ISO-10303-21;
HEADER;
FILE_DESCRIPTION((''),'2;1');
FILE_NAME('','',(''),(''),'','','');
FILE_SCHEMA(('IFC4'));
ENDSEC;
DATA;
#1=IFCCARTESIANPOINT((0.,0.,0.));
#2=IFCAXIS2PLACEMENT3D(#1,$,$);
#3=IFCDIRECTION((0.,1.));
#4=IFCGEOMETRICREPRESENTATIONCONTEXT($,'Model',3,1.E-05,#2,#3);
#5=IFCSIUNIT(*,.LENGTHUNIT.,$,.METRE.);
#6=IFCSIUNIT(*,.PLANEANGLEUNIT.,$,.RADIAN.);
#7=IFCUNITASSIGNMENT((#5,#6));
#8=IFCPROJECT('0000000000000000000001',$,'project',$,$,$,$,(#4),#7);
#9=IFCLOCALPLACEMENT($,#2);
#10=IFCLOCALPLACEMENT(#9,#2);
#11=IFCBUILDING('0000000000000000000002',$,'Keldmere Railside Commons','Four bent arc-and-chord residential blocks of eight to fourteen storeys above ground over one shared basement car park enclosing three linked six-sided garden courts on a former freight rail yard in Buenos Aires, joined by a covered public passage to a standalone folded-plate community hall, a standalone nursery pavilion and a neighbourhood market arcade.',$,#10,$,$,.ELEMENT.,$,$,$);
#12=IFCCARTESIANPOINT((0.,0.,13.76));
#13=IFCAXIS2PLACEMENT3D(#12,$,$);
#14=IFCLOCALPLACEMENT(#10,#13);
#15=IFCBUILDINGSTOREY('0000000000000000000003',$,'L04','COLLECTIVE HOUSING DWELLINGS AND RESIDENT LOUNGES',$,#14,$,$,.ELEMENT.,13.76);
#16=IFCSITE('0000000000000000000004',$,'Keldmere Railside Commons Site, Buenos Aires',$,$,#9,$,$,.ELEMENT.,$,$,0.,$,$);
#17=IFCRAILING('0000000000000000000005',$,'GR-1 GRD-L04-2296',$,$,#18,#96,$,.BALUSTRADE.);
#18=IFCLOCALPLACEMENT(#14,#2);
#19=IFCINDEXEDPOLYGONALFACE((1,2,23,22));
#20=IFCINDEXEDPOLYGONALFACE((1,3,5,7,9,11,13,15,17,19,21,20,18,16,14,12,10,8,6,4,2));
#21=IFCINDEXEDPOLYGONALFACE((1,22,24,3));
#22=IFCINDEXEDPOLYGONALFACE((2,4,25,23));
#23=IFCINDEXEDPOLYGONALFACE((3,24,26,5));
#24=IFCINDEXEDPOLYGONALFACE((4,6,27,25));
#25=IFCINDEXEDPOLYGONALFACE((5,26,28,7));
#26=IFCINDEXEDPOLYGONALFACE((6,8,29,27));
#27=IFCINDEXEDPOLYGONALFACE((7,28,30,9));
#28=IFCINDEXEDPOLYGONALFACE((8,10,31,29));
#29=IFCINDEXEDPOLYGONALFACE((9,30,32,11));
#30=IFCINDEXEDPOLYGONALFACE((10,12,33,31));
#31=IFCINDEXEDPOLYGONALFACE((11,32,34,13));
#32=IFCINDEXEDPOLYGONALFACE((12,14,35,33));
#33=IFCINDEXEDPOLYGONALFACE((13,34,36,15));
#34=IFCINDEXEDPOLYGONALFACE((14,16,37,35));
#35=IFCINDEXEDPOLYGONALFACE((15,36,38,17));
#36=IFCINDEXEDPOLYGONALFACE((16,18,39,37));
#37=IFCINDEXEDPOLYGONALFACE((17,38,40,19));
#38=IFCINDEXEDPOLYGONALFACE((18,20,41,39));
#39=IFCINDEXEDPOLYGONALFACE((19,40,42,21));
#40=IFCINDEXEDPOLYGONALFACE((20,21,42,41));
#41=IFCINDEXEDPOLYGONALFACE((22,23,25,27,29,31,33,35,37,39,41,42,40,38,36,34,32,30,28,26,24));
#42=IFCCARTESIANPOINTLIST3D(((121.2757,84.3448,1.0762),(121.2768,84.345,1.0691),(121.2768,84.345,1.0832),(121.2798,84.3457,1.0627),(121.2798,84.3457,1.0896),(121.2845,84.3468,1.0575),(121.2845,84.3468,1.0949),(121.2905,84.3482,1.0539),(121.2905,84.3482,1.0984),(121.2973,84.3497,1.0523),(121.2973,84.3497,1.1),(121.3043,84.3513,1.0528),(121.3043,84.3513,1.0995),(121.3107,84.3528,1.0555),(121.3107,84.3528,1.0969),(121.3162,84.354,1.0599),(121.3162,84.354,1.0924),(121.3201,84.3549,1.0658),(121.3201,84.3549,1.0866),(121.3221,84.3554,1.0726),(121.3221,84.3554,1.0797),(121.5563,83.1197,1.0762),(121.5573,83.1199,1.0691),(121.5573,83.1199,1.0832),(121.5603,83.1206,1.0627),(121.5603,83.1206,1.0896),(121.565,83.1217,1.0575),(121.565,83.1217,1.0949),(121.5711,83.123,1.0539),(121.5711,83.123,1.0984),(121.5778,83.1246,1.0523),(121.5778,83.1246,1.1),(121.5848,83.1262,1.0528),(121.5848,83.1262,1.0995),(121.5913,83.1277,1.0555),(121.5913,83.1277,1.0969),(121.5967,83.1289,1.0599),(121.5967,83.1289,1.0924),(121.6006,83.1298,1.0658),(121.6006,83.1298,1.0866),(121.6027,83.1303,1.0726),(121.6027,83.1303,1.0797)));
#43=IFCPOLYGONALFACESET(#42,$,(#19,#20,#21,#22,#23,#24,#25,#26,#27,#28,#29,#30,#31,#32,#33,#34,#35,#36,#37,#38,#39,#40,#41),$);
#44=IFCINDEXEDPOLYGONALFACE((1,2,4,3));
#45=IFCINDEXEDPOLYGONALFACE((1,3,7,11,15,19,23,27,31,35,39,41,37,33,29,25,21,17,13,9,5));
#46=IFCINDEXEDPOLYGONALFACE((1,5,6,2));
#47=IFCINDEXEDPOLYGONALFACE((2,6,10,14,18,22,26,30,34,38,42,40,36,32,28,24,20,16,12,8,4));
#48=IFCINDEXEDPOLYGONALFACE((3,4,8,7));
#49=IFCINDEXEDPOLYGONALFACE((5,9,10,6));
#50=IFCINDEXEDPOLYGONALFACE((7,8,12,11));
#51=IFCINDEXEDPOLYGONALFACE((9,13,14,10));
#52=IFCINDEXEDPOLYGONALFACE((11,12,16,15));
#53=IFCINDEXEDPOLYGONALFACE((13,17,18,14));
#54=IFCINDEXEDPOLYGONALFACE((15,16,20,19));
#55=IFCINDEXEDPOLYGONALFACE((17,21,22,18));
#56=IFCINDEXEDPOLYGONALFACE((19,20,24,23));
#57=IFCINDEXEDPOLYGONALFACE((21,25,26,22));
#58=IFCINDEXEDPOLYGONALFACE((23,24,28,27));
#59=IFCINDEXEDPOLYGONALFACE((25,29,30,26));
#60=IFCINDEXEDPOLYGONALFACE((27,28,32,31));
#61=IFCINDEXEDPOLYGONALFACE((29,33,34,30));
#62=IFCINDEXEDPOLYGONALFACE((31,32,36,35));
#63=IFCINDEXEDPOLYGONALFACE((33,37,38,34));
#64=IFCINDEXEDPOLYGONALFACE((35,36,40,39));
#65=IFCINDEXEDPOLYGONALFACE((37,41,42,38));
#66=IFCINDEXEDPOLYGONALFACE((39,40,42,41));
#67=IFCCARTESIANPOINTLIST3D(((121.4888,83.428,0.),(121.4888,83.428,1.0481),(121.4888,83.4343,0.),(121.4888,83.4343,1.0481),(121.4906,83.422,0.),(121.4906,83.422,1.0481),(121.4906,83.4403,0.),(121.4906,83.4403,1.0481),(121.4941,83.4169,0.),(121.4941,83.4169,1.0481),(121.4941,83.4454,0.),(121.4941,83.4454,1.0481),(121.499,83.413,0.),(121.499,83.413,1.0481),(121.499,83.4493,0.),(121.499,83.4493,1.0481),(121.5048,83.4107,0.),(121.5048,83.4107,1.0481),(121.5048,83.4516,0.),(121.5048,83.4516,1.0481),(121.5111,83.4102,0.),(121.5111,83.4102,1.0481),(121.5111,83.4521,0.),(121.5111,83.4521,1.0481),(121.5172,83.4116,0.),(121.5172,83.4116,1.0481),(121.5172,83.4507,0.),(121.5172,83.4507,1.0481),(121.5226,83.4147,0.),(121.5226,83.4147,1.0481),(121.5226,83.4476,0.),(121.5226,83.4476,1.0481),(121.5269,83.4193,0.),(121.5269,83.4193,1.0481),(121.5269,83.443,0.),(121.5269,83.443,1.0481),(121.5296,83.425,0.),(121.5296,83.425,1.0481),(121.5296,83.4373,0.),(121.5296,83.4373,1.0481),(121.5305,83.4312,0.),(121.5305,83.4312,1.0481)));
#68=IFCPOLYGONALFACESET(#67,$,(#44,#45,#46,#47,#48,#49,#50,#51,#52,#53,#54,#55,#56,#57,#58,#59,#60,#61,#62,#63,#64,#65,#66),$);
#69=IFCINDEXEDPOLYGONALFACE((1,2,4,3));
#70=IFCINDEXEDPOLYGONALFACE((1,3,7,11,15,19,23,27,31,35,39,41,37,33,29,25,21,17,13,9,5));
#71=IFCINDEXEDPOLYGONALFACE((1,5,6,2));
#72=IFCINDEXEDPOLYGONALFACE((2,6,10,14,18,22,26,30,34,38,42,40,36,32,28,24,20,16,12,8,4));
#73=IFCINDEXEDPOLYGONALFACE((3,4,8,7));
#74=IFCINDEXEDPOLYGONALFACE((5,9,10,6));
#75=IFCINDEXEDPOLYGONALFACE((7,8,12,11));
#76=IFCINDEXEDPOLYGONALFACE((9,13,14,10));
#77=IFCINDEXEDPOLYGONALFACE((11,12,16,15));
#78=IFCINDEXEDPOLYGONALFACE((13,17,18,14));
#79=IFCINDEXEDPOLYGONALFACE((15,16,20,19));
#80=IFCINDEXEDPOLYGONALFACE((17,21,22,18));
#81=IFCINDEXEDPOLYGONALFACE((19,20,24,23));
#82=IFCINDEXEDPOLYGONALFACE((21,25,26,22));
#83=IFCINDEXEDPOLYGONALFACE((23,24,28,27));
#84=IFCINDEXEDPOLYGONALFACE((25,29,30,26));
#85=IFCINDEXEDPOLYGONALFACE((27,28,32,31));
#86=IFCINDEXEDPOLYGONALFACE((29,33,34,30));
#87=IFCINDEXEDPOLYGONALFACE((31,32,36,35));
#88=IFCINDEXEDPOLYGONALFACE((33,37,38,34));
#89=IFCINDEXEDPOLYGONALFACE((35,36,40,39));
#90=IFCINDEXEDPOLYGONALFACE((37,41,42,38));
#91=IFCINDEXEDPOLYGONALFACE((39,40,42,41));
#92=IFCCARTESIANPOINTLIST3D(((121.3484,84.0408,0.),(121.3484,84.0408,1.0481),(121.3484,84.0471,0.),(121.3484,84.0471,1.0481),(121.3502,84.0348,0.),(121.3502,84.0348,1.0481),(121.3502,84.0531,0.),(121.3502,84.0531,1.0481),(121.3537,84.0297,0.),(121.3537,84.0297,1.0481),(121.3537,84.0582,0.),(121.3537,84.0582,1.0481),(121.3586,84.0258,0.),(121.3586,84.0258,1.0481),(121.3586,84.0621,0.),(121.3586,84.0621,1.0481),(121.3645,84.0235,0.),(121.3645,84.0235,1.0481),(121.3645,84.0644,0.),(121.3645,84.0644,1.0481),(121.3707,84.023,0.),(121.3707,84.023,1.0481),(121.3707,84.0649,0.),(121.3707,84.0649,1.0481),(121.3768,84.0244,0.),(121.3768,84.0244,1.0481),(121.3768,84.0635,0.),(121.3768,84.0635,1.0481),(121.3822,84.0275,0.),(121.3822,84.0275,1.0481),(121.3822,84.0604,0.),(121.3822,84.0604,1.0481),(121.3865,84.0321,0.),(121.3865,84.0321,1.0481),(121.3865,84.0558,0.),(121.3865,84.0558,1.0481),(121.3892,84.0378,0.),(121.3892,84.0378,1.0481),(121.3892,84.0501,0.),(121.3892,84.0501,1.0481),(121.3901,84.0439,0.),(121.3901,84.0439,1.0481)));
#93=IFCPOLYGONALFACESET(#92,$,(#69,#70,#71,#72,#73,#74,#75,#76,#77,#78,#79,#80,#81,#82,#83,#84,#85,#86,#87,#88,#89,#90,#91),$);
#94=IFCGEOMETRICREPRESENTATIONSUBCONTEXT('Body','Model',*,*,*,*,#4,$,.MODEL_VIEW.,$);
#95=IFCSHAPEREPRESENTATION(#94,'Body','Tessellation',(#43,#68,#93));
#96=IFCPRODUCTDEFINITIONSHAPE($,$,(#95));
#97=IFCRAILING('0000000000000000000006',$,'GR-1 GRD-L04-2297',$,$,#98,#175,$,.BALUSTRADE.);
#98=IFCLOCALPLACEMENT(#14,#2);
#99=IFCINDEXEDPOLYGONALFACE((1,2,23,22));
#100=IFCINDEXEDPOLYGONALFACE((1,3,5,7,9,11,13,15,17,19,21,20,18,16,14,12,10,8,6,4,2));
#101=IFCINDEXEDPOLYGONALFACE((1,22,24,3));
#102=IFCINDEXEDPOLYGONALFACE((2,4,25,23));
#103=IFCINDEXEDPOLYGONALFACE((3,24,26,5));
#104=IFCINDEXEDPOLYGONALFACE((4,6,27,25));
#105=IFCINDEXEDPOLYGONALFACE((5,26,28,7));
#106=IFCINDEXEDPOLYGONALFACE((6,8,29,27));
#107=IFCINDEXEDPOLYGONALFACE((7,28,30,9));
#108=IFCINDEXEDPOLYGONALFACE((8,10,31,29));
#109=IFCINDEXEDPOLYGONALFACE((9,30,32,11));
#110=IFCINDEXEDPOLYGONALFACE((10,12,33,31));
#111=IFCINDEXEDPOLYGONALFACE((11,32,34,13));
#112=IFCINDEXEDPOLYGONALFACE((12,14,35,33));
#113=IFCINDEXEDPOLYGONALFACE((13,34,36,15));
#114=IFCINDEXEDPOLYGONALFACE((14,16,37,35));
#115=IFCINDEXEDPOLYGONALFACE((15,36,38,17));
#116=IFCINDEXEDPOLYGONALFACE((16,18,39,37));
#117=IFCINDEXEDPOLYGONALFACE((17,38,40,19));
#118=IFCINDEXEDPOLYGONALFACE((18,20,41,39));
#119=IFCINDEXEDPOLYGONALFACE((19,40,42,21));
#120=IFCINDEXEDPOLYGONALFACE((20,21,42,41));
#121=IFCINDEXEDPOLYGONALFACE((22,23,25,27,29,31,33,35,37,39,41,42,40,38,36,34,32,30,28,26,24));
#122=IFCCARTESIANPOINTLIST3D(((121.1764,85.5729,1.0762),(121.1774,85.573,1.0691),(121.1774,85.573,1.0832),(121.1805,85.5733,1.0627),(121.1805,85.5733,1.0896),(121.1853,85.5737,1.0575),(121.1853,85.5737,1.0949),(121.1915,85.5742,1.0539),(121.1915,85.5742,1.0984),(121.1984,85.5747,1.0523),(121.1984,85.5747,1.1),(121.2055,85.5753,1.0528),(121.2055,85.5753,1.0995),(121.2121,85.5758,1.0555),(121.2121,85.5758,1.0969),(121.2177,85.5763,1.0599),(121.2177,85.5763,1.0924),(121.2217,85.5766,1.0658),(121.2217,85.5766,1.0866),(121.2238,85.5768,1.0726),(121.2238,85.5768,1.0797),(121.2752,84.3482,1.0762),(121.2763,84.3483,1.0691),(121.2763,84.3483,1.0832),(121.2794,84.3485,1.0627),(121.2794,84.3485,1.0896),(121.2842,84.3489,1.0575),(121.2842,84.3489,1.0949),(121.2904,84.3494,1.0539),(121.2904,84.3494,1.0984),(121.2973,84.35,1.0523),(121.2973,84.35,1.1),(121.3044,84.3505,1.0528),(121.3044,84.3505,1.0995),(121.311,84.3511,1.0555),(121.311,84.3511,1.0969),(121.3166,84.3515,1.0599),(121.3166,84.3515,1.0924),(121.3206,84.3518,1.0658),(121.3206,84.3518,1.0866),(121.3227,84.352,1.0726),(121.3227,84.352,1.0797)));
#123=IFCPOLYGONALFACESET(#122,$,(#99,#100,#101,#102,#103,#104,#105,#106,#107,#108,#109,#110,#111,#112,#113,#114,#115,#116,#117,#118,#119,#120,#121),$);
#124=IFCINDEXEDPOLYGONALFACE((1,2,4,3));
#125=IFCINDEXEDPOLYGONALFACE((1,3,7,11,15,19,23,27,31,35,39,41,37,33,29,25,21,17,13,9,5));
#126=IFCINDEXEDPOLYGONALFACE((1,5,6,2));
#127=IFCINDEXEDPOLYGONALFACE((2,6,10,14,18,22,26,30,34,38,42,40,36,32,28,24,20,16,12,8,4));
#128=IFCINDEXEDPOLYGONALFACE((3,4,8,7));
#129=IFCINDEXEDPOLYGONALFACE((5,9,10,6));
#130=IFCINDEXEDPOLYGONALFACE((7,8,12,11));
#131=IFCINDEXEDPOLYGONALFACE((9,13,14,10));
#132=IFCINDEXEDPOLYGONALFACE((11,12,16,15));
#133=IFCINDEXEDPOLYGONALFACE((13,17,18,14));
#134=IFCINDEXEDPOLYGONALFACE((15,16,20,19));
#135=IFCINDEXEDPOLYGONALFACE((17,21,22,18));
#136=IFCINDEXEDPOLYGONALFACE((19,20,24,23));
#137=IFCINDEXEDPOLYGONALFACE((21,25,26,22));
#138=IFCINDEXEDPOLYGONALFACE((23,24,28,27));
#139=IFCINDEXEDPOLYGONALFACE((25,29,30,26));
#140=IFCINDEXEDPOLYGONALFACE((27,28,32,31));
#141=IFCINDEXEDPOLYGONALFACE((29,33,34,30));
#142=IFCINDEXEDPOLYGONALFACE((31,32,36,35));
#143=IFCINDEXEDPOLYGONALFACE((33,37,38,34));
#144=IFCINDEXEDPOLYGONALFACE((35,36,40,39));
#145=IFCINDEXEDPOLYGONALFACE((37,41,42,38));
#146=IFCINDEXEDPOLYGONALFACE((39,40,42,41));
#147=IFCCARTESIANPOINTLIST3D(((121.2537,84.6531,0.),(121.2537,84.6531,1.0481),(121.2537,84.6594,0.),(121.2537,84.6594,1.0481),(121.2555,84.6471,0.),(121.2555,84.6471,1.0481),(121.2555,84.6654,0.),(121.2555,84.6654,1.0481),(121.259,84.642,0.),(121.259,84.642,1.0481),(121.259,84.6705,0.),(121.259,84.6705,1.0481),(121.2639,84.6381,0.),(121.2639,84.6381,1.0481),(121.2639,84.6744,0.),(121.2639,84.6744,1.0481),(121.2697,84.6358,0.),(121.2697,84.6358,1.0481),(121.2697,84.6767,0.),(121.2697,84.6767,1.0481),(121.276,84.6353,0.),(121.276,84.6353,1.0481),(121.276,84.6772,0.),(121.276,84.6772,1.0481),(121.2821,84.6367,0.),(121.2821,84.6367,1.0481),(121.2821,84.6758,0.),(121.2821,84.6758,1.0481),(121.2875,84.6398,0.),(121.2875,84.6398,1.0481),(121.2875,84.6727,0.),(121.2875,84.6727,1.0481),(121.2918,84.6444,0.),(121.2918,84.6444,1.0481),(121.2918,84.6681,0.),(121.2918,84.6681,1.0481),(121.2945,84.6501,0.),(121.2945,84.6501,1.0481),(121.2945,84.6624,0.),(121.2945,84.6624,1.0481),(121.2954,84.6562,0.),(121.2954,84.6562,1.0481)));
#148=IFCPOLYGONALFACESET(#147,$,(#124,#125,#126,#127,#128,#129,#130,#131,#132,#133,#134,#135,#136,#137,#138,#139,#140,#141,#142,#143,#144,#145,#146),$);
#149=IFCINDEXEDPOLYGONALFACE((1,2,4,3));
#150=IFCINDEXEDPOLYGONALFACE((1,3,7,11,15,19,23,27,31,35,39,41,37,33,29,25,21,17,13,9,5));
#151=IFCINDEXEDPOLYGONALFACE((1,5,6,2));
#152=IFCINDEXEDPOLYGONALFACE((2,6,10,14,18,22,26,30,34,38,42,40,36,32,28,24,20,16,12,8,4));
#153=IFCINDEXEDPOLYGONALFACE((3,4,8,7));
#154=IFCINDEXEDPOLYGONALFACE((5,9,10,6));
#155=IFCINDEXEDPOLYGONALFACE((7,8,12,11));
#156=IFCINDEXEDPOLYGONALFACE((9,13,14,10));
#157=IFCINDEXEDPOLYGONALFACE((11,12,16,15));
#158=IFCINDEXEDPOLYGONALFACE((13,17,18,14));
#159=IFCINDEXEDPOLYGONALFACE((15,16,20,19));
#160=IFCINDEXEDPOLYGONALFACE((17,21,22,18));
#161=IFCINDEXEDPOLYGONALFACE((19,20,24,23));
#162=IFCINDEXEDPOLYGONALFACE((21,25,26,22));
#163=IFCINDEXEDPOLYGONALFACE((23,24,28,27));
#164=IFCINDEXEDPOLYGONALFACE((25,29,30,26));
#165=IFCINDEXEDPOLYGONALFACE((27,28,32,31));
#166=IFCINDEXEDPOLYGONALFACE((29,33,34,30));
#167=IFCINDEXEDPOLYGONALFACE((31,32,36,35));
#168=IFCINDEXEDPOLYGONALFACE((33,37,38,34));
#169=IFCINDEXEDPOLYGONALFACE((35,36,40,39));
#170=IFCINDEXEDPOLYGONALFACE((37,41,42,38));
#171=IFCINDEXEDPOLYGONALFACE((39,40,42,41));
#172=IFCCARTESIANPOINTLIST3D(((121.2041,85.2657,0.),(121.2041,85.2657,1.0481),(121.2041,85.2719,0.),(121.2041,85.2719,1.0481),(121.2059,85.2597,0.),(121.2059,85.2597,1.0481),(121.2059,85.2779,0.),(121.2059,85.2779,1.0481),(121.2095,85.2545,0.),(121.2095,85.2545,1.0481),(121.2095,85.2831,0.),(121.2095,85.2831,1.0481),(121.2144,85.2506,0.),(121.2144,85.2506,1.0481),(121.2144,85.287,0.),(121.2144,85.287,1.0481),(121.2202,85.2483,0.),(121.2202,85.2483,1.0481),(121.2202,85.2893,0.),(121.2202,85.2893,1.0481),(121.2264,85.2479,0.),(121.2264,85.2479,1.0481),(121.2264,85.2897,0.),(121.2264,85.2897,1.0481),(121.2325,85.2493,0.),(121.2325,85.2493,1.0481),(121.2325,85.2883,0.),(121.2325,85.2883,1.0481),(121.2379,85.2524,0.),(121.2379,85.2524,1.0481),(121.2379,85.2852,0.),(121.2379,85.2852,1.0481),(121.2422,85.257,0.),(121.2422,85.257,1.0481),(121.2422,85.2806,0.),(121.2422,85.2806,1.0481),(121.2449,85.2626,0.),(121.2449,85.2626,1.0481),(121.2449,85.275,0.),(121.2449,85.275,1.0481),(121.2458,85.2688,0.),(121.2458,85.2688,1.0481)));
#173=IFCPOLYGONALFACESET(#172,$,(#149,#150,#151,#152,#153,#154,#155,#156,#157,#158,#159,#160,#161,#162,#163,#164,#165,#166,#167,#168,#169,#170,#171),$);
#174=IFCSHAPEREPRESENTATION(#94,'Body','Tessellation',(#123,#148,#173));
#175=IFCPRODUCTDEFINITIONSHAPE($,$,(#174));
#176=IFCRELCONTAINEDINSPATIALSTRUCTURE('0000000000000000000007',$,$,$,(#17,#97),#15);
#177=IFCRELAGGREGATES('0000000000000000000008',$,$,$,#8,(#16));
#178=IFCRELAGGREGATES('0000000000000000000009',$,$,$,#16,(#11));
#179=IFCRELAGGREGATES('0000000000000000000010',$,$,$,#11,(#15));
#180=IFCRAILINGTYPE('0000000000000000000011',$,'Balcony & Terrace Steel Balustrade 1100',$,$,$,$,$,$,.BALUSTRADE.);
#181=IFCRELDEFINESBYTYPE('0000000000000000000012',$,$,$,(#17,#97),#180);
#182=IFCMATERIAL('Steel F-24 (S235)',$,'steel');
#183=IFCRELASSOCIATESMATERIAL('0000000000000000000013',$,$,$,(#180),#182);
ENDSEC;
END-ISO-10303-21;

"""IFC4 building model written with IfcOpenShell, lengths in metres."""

from ifc_helpers import new_model, si_unit, direction, frame, origin, origin_2d, place, context, subcontext, project, spatial, circle, extrude, material, type_object, element, save


model = new_model("IFC4")

# Units and contexts
model_context = context("Model", 3, precision=1e-05, world=origin(), true_north=direction((0.0, 1.0)))
body_context = subcontext(model_context, "Body", "Model", "MODEL_VIEW")
ifc_project = project(units=[si_unit("LENGTHUNIT", "METRE"), si_unit("PLANEANGLEUNIT", "RADIAN")], contexts=[model_context])

# Site, building, storey
site_placement = place(None, origin())
site = spatial("IfcSite", under=ifc_project, at=site_placement, Name="Keldmere Railside Commons Site, Buenos Aires", CompositionType="ELEMENT", RefElevation=0.0)
building_placement = place(site_placement, origin())
building = spatial("IfcBuilding", under=site, at=building_placement, Name="Keldmere Railside Commons", Description="Four bent arc-and-chord residential blocks of eight to fourteen storeys above ground over one shared basement car park enclosing three linked six-sided garden courts on a former freight rail yard in Buenos Aires, joined by a covered public passage to a standalone folded-plate community hall, a standalone nursery pavilion and a neighbourhood market arcade.", CompositionType="ELEMENT")
storey_placement = place(building_placement, frame((0.0, 0.0, 13.76)))
storey = spatial("IfcBuildingStorey", under=building, at=storey_placement, Name="L04", Description="COLLECTIVE HOUSING DWELLINGS AND RESIDENT LOUNGES", CompositionType="ELEMENT", Elevation=13.76)

# Railings
ifc_material_1 = material(Name="Steel F-24 (S235)", Category="steel")
railing_type = type_object("IfcRailingType", Name="Balcony & Terrace Steel Balustrade 1100", PredefinedType="BALUSTRADE", material=ifc_material_1)
railing_1_placement = place(storey_placement, frame((121.5796, 83.125, 0.0)))
element("IfcRailing", 1, at=railing_1_placement, inside=storey, type_object=railing_type, Name="GR-1 GRD-L04-2296", PredefinedType="BALUSTRADE", context=body_context, shape_type="SweptSolid", body=[
    extrude(circle(Radius=0.0239, at=origin_2d()), frame((0.0, 0.0, 1.0762), z_axis=(-0.223199, 0.974773, 0.0), x_axis=(-0.974773, -0.223199, 0.0)), (0.0, 0.0, 1.0), 1.2568),
    extrude(circle(Radius=0.021, at=origin_2d()), frame((-0.0701, 0.3062, 0.0)), (0.0, 0.0, 1.0), 1.0481),
    extrude(circle(Radius=0.021, at=origin_2d()), frame((-0.2104, 0.9189, 0.0)), (0.0, 0.0, 1.0), 1.0481),
])
railing_2_placement = place(storey_placement, frame((121.2991, 84.3501, 0.0)))
element("IfcRailing", 2, at=railing_2_placement, inside=storey, type_object=railing_type, Name="GR-1 GRD-L04-2297", PredefinedType="BALUSTRADE", context=body_context, shape_type="SweptSolid", body=[
    extrude(circle(Radius=0.0239, at=origin_2d()), frame((0.0, 0.0, 1.0762), z_axis=(-0.080464, 0.996758, 0.0), x_axis=(-0.996758, -0.080464, 0.0)), (0.0, 0.0, 1.0), 1.2288),
    extrude(circle(Radius=0.021, at=origin_2d()), frame((-0.0247, 0.3062, 0.0)), (0.0, 0.0, 1.0), 1.0481),
    extrude(circle(Radius=0.021, at=origin_2d()), frame((-0.0742, 0.9187, 0.0)), (0.0, 0.0, 1.0), 1.0481),
])

save(model, "model.ifc")
